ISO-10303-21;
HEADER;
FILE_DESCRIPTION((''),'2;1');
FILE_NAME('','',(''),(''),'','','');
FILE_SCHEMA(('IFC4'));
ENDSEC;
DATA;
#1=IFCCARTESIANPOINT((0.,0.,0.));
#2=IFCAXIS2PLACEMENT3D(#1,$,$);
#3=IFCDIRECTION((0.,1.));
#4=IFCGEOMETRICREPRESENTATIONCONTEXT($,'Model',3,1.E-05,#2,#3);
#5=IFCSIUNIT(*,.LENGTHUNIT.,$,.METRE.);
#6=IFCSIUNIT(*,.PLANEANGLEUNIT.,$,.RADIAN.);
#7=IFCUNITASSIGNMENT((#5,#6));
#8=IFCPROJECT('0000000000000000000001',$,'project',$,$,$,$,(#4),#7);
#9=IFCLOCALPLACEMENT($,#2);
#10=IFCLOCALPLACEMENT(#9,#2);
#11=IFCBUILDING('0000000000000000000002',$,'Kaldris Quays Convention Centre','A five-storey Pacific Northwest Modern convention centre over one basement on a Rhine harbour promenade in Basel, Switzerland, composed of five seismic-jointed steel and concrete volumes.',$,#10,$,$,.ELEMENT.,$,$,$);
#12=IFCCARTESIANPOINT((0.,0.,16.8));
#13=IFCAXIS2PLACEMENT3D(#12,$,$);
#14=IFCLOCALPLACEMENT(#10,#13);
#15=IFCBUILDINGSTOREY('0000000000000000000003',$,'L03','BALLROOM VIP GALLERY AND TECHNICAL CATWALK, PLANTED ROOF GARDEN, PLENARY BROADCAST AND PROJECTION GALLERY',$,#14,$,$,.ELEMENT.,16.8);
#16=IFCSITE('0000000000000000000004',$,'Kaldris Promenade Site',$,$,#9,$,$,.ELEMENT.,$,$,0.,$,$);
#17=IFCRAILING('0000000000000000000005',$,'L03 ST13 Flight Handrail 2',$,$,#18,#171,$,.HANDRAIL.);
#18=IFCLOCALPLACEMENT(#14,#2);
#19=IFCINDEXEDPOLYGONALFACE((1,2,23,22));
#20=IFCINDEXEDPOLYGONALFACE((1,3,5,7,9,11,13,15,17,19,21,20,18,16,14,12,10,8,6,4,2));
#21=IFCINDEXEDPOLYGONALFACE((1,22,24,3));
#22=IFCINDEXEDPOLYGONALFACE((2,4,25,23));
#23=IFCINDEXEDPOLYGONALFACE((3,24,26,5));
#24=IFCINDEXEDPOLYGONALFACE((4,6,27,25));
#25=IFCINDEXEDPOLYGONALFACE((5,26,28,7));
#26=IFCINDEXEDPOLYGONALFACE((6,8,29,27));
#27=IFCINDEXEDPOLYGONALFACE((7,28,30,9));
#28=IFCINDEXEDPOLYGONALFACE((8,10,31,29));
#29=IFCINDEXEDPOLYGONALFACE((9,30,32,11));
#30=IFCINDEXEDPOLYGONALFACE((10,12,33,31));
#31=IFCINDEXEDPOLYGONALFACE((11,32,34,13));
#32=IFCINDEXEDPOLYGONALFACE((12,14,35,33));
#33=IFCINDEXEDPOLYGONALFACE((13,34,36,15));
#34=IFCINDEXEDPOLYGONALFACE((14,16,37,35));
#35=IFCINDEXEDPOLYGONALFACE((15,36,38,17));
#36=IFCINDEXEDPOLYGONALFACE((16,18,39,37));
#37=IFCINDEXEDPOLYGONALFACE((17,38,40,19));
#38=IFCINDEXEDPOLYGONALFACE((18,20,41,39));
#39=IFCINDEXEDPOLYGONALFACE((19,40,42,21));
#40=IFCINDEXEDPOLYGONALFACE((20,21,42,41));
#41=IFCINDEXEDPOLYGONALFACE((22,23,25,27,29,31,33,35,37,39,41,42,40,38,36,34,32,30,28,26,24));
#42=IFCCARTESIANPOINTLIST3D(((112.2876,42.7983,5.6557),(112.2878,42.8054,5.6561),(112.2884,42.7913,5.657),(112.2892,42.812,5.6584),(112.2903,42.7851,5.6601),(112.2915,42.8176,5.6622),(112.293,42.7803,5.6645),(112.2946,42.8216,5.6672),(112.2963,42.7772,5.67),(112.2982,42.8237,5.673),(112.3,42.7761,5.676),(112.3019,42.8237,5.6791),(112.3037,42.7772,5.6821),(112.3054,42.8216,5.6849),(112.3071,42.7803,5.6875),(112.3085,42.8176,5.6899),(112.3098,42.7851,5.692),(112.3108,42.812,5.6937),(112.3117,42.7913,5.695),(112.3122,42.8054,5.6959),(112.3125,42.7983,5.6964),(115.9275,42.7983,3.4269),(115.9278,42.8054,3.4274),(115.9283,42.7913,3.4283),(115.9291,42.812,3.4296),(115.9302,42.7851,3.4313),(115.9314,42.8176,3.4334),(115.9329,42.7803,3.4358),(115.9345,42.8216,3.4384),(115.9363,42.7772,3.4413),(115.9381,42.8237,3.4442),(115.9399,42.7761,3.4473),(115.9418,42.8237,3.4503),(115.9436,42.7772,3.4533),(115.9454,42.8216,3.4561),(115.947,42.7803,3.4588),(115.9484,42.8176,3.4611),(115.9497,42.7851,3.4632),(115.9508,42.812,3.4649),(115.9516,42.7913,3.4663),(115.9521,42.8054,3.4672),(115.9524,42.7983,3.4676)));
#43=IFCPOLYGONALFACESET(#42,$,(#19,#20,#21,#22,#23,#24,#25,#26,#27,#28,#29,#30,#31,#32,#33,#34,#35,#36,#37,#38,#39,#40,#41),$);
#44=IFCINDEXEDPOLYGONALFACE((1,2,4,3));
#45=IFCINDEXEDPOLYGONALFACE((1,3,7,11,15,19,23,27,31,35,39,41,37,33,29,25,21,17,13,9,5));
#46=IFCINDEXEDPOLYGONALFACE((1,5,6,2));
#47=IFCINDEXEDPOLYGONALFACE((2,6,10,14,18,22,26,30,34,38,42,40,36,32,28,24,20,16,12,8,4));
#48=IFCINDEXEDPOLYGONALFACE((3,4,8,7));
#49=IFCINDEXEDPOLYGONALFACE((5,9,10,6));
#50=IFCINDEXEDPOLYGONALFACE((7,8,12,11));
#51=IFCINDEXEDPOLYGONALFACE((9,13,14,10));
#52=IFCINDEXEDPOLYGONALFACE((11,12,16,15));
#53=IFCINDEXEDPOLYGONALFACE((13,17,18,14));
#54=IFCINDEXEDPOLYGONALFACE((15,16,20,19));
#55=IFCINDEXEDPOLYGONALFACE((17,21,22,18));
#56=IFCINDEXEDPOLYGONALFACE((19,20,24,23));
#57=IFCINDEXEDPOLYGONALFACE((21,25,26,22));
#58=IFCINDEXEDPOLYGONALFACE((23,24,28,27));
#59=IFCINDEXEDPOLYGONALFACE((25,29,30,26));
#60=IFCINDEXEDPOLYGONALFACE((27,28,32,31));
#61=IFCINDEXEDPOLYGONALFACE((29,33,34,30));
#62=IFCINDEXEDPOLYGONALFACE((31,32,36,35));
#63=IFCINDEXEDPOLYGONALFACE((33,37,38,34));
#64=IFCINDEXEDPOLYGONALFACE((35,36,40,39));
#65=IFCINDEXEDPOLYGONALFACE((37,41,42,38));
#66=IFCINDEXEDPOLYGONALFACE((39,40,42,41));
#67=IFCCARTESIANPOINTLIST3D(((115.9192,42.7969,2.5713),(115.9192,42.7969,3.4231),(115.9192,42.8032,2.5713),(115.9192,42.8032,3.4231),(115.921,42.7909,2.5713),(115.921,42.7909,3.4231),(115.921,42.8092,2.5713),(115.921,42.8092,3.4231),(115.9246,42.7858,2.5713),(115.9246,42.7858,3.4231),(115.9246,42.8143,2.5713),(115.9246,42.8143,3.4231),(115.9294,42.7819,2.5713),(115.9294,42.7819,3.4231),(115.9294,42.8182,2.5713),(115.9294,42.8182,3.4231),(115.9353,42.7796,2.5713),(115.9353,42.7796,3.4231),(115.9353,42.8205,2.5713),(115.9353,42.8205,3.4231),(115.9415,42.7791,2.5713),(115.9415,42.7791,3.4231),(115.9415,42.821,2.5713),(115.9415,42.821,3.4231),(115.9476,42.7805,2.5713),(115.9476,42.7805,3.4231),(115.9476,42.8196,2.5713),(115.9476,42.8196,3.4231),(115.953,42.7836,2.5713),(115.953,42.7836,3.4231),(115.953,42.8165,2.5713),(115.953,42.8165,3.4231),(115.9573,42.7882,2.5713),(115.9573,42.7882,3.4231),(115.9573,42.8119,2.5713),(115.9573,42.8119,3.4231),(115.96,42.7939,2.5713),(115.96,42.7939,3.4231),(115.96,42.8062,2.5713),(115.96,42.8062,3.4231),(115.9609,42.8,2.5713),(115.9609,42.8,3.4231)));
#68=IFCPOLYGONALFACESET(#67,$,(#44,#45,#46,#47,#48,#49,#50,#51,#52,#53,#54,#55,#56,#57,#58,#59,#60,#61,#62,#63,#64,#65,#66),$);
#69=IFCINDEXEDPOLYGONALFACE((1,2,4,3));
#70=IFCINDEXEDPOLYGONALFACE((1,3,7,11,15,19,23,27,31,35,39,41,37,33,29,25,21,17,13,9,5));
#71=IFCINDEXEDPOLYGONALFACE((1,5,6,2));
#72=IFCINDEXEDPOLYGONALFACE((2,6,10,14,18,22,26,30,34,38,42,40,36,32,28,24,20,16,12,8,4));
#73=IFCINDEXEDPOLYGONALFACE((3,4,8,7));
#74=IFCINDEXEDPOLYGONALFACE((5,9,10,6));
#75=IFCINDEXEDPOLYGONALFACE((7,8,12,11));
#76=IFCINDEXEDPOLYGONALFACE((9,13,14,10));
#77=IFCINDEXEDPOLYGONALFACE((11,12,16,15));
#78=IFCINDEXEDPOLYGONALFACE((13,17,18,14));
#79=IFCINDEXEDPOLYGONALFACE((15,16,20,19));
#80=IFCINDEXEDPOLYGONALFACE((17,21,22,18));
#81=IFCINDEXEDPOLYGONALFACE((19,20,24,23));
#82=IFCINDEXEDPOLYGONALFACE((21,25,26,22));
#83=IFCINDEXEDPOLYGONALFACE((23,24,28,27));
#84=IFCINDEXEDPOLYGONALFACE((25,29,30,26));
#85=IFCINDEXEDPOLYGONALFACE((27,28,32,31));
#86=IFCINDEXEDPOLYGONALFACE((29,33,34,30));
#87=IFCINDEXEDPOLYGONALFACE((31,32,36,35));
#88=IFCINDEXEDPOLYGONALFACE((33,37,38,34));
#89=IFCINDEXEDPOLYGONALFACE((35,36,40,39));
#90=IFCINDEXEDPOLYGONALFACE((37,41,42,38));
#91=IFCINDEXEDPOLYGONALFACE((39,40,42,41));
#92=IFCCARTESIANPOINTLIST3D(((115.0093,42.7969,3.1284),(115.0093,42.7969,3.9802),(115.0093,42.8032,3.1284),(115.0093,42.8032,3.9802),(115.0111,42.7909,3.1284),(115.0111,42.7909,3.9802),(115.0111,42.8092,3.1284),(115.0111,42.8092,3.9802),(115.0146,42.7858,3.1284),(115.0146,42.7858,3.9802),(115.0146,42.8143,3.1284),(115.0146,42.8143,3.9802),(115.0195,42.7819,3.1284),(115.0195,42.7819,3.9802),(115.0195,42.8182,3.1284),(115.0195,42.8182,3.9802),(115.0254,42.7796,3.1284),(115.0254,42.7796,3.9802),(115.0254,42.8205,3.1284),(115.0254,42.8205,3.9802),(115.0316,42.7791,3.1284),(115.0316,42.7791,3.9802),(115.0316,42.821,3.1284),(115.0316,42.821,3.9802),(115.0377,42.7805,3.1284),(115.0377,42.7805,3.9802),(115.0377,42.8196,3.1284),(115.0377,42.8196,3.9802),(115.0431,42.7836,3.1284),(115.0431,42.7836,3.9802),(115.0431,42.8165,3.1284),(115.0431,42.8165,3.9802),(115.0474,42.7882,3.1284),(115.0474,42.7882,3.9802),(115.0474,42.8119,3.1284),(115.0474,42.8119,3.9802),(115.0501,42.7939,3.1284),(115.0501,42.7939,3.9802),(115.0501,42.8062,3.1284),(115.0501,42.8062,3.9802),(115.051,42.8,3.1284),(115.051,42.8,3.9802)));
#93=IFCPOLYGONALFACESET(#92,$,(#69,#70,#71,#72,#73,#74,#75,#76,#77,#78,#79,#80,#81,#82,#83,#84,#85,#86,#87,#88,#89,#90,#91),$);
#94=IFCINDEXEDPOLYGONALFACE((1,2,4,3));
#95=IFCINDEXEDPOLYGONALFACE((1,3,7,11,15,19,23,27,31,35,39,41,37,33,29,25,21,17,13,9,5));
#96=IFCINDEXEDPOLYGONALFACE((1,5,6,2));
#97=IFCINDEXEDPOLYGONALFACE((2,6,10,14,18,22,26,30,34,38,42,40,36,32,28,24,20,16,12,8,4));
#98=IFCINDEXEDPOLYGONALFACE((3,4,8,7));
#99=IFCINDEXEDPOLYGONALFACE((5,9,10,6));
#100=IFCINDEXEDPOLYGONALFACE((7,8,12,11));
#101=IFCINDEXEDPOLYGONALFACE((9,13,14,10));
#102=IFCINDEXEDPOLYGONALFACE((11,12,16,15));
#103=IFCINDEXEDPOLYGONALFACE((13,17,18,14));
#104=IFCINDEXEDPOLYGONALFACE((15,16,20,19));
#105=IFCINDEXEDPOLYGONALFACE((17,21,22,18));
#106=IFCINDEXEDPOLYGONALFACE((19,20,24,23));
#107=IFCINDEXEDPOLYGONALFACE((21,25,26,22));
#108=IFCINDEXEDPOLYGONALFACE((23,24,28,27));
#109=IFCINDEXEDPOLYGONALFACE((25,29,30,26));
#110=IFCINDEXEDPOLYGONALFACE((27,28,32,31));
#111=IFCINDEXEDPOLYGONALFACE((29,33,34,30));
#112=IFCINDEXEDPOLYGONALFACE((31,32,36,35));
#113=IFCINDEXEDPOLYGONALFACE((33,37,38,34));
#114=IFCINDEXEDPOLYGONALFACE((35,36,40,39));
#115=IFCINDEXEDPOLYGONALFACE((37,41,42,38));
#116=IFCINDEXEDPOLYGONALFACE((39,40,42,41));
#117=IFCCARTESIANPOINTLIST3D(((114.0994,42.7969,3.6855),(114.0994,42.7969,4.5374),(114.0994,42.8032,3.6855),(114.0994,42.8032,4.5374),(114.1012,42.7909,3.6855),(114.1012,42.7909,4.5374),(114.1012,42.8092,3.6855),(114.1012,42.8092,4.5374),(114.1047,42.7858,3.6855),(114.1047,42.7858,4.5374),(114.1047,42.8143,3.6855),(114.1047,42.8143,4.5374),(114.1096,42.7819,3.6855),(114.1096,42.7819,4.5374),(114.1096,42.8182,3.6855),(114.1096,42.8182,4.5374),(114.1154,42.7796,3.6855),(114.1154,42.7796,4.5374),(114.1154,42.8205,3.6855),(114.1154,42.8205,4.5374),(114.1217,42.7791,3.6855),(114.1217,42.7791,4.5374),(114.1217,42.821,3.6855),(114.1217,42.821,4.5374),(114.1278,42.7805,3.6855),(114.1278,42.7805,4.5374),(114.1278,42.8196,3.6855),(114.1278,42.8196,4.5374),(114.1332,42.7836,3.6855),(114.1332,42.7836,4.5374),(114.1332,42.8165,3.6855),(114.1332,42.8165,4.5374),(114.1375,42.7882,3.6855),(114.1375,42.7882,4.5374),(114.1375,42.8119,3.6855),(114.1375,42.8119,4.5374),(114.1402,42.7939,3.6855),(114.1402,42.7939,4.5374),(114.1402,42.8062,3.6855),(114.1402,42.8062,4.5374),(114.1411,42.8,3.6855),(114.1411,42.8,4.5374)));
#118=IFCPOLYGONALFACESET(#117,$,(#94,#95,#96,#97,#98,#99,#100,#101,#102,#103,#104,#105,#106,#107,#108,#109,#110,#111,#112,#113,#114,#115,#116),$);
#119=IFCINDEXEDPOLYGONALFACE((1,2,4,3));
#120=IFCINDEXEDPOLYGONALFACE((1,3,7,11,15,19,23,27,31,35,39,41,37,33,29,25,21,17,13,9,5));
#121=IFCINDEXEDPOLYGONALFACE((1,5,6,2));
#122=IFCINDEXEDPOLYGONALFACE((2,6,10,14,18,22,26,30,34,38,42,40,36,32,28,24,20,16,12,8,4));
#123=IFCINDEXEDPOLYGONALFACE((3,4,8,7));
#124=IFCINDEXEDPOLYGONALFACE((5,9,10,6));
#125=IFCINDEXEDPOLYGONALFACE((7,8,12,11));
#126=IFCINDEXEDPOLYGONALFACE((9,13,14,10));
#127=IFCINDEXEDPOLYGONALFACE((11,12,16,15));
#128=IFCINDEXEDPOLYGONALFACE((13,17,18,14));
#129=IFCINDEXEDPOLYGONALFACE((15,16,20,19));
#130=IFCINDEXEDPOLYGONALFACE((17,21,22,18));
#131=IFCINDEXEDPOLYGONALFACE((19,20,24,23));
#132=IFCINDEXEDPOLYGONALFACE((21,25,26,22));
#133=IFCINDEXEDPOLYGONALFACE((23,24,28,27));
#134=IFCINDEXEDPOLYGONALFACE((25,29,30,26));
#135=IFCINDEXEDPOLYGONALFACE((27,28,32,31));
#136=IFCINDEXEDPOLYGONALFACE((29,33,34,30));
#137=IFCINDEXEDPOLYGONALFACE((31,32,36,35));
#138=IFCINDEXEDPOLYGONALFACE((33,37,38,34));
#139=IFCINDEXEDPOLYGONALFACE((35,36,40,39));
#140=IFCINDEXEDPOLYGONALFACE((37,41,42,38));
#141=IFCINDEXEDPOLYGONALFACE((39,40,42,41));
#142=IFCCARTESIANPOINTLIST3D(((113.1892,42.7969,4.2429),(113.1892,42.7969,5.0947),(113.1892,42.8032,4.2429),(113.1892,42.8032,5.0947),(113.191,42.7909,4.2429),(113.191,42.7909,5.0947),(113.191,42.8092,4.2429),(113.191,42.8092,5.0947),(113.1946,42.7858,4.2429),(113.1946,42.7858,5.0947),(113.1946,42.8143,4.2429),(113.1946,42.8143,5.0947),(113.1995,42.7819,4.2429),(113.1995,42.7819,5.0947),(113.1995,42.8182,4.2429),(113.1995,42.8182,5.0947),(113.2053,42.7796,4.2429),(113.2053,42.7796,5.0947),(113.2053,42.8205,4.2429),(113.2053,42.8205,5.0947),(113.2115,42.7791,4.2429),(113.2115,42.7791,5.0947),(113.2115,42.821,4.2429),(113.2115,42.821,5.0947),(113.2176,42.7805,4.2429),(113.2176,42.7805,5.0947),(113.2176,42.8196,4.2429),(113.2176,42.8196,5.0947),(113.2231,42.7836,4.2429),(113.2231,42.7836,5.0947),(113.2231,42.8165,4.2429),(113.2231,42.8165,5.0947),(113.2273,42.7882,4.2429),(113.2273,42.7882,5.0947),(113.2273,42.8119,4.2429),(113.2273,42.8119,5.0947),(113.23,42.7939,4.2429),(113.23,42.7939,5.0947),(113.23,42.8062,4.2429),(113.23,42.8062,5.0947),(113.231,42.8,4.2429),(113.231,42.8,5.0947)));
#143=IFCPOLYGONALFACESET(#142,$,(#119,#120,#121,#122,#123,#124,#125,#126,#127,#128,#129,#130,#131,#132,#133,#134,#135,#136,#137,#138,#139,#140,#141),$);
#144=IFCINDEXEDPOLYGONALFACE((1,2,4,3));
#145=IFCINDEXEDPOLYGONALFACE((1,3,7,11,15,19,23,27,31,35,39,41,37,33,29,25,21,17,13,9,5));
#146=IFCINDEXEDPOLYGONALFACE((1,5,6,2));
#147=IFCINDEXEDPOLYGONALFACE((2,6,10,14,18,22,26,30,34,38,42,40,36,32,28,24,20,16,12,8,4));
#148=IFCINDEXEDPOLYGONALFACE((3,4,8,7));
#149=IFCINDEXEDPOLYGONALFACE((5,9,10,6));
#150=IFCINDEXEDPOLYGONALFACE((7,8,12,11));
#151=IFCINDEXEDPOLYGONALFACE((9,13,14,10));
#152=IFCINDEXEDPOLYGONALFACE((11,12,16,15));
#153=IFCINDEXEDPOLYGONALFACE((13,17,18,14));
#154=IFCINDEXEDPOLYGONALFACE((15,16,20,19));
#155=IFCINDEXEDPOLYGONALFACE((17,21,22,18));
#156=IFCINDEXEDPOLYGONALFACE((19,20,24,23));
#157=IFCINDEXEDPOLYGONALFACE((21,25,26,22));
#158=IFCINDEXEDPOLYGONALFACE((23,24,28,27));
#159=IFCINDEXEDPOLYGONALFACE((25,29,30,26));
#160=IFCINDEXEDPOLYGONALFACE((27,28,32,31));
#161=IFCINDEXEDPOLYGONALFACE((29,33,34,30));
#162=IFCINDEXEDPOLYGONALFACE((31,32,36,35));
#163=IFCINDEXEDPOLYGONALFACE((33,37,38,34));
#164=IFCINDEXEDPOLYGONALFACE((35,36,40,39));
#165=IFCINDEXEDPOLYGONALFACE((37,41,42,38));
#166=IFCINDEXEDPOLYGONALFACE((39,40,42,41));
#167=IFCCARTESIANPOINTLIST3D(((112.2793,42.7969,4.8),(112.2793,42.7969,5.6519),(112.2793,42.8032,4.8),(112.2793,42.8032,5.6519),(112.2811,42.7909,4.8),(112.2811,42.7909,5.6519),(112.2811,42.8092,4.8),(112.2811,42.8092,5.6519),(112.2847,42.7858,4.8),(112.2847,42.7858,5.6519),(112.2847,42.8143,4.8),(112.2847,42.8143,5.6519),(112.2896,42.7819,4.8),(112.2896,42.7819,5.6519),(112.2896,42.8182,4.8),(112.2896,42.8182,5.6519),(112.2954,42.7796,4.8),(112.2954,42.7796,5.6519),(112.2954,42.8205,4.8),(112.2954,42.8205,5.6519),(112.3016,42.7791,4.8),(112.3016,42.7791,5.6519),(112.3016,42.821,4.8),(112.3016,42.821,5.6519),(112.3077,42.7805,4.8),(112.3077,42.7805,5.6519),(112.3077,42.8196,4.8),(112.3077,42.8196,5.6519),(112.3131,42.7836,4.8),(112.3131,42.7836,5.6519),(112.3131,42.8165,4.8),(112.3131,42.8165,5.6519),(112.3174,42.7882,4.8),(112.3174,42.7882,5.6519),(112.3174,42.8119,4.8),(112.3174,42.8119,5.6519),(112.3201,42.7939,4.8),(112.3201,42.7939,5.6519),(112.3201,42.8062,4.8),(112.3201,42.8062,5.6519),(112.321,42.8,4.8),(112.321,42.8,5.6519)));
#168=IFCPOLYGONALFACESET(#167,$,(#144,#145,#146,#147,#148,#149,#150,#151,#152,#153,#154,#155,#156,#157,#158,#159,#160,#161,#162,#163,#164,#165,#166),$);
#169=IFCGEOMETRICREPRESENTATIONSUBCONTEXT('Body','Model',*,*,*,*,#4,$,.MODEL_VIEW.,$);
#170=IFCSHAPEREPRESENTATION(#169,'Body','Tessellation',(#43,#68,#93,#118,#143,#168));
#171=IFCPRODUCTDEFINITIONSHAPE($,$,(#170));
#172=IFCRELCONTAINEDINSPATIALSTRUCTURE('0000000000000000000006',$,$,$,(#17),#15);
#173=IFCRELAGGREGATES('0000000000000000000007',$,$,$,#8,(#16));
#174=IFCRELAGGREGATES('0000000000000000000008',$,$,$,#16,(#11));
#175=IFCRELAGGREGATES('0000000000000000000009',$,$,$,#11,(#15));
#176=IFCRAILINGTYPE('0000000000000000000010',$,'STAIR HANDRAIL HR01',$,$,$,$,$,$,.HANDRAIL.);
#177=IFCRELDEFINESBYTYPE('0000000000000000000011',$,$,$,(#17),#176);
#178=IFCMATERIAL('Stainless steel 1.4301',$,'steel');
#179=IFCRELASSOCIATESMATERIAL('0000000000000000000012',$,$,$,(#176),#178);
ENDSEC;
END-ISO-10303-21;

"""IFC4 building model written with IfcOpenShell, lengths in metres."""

from ifc_helpers import new_model, si_unit, direction, frame, origin, origin_2d, place, context, subcontext, project, spatial, circle, extrude, material, type_object, element, save


model = new_model("IFC4")

# Units and contexts
model_context = context("Model", 3, precision=1e-05, world=origin(), true_north=direction((0.0, 1.0)))
body_context = subcontext(model_context, "Body", "Model", "MODEL_VIEW")
ifc_project = project(units=[si_unit("LENGTHUNIT", "METRE"), si_unit("PLANEANGLEUNIT", "RADIAN")], contexts=[model_context])

# Site, building, storey
site_placement = place(None, origin())
site = spatial("IfcSite", under=ifc_project, at=site_placement, Name="Kaldris Promenade Site", CompositionType="ELEMENT", RefElevation=0.0)
building_placement = place(site_placement, origin())
building = spatial("IfcBuilding", under=site, at=building_placement, Name="Kaldris Quays Convention Centre", Description="A five-storey Pacific Northwest Modern convention centre over one basement on a Rhine harbour promenade in Basel, Switzerland, composed of five seismic-jointed steel and concrete volumes.", CompositionType="ELEMENT")
storey_placement = place(building_placement, frame((0.0, 0.0, 16.8)))
storey = spatial("IfcBuildingStorey", under=building, at=storey_placement, Name="L03", Description="BALLROOM VIP GALLERY AND TECHNICAL CATWALK, PLANTED ROOF GARDEN, PLENARY BROADCAST AND PROJECTION GALLERY", CompositionType="ELEMENT", Elevation=16.8)

# Railing
ifc_material_1 = material(Name="Stainless steel 1.4301", Category="steel")
railing_type_1 = type_object("IfcRailingType", Name="STAIR HANDRAIL HR01", PredefinedType="HANDRAIL", material=ifc_material_1)
for number, where, name in (
    (1, (115.9399, 42.8, 2.5713), "L03 ST13 Flight Handrail 2"),
):
    element("IfcRailing", number, at=place(storey_placement, frame(where)), inside=storey, type_object=railing_type_1, Name=name, PredefinedType="HANDRAIL", context=body_context, shape_type="SweptSolid", body=[
        extrude(circle(Radius=0.0239, at=origin_2d()), frame((0.0, 0.0, 0.876), z_axis=(-0.852825, 0.0, 0.522197), x_axis=(0.0, -1.0, 0.0)), (0.0, 0.0, 1.0), 4.2681),
        extrude(circle(Radius=0.021, at=origin_2d()), origin(), (0.0, 0.0, 1.0), 0.8518),
        extrude(circle(Radius=0.021, at=origin_2d()), frame((-0.9099, 0.0, 0.5571)), (0.0, 0.0, 1.0), 0.8518),
        extrude(circle(Radius=0.021, at=origin_2d()), frame((-1.8198, 0.0, 1.1143)), (0.0, 0.0, 1.0), 0.8518),
        extrude(circle(Radius=0.021, at=origin_2d()), frame((-2.73, 0.0, 1.6716)), (0.0, 0.0, 1.0), 0.8518),
        extrude(circle(Radius=0.021, at=origin_2d()), frame((-3.6399, 0.0, 2.2288)), (0.0, 0.0, 1.0), 0.8518),
    ])

save(model, "model.ifc")
